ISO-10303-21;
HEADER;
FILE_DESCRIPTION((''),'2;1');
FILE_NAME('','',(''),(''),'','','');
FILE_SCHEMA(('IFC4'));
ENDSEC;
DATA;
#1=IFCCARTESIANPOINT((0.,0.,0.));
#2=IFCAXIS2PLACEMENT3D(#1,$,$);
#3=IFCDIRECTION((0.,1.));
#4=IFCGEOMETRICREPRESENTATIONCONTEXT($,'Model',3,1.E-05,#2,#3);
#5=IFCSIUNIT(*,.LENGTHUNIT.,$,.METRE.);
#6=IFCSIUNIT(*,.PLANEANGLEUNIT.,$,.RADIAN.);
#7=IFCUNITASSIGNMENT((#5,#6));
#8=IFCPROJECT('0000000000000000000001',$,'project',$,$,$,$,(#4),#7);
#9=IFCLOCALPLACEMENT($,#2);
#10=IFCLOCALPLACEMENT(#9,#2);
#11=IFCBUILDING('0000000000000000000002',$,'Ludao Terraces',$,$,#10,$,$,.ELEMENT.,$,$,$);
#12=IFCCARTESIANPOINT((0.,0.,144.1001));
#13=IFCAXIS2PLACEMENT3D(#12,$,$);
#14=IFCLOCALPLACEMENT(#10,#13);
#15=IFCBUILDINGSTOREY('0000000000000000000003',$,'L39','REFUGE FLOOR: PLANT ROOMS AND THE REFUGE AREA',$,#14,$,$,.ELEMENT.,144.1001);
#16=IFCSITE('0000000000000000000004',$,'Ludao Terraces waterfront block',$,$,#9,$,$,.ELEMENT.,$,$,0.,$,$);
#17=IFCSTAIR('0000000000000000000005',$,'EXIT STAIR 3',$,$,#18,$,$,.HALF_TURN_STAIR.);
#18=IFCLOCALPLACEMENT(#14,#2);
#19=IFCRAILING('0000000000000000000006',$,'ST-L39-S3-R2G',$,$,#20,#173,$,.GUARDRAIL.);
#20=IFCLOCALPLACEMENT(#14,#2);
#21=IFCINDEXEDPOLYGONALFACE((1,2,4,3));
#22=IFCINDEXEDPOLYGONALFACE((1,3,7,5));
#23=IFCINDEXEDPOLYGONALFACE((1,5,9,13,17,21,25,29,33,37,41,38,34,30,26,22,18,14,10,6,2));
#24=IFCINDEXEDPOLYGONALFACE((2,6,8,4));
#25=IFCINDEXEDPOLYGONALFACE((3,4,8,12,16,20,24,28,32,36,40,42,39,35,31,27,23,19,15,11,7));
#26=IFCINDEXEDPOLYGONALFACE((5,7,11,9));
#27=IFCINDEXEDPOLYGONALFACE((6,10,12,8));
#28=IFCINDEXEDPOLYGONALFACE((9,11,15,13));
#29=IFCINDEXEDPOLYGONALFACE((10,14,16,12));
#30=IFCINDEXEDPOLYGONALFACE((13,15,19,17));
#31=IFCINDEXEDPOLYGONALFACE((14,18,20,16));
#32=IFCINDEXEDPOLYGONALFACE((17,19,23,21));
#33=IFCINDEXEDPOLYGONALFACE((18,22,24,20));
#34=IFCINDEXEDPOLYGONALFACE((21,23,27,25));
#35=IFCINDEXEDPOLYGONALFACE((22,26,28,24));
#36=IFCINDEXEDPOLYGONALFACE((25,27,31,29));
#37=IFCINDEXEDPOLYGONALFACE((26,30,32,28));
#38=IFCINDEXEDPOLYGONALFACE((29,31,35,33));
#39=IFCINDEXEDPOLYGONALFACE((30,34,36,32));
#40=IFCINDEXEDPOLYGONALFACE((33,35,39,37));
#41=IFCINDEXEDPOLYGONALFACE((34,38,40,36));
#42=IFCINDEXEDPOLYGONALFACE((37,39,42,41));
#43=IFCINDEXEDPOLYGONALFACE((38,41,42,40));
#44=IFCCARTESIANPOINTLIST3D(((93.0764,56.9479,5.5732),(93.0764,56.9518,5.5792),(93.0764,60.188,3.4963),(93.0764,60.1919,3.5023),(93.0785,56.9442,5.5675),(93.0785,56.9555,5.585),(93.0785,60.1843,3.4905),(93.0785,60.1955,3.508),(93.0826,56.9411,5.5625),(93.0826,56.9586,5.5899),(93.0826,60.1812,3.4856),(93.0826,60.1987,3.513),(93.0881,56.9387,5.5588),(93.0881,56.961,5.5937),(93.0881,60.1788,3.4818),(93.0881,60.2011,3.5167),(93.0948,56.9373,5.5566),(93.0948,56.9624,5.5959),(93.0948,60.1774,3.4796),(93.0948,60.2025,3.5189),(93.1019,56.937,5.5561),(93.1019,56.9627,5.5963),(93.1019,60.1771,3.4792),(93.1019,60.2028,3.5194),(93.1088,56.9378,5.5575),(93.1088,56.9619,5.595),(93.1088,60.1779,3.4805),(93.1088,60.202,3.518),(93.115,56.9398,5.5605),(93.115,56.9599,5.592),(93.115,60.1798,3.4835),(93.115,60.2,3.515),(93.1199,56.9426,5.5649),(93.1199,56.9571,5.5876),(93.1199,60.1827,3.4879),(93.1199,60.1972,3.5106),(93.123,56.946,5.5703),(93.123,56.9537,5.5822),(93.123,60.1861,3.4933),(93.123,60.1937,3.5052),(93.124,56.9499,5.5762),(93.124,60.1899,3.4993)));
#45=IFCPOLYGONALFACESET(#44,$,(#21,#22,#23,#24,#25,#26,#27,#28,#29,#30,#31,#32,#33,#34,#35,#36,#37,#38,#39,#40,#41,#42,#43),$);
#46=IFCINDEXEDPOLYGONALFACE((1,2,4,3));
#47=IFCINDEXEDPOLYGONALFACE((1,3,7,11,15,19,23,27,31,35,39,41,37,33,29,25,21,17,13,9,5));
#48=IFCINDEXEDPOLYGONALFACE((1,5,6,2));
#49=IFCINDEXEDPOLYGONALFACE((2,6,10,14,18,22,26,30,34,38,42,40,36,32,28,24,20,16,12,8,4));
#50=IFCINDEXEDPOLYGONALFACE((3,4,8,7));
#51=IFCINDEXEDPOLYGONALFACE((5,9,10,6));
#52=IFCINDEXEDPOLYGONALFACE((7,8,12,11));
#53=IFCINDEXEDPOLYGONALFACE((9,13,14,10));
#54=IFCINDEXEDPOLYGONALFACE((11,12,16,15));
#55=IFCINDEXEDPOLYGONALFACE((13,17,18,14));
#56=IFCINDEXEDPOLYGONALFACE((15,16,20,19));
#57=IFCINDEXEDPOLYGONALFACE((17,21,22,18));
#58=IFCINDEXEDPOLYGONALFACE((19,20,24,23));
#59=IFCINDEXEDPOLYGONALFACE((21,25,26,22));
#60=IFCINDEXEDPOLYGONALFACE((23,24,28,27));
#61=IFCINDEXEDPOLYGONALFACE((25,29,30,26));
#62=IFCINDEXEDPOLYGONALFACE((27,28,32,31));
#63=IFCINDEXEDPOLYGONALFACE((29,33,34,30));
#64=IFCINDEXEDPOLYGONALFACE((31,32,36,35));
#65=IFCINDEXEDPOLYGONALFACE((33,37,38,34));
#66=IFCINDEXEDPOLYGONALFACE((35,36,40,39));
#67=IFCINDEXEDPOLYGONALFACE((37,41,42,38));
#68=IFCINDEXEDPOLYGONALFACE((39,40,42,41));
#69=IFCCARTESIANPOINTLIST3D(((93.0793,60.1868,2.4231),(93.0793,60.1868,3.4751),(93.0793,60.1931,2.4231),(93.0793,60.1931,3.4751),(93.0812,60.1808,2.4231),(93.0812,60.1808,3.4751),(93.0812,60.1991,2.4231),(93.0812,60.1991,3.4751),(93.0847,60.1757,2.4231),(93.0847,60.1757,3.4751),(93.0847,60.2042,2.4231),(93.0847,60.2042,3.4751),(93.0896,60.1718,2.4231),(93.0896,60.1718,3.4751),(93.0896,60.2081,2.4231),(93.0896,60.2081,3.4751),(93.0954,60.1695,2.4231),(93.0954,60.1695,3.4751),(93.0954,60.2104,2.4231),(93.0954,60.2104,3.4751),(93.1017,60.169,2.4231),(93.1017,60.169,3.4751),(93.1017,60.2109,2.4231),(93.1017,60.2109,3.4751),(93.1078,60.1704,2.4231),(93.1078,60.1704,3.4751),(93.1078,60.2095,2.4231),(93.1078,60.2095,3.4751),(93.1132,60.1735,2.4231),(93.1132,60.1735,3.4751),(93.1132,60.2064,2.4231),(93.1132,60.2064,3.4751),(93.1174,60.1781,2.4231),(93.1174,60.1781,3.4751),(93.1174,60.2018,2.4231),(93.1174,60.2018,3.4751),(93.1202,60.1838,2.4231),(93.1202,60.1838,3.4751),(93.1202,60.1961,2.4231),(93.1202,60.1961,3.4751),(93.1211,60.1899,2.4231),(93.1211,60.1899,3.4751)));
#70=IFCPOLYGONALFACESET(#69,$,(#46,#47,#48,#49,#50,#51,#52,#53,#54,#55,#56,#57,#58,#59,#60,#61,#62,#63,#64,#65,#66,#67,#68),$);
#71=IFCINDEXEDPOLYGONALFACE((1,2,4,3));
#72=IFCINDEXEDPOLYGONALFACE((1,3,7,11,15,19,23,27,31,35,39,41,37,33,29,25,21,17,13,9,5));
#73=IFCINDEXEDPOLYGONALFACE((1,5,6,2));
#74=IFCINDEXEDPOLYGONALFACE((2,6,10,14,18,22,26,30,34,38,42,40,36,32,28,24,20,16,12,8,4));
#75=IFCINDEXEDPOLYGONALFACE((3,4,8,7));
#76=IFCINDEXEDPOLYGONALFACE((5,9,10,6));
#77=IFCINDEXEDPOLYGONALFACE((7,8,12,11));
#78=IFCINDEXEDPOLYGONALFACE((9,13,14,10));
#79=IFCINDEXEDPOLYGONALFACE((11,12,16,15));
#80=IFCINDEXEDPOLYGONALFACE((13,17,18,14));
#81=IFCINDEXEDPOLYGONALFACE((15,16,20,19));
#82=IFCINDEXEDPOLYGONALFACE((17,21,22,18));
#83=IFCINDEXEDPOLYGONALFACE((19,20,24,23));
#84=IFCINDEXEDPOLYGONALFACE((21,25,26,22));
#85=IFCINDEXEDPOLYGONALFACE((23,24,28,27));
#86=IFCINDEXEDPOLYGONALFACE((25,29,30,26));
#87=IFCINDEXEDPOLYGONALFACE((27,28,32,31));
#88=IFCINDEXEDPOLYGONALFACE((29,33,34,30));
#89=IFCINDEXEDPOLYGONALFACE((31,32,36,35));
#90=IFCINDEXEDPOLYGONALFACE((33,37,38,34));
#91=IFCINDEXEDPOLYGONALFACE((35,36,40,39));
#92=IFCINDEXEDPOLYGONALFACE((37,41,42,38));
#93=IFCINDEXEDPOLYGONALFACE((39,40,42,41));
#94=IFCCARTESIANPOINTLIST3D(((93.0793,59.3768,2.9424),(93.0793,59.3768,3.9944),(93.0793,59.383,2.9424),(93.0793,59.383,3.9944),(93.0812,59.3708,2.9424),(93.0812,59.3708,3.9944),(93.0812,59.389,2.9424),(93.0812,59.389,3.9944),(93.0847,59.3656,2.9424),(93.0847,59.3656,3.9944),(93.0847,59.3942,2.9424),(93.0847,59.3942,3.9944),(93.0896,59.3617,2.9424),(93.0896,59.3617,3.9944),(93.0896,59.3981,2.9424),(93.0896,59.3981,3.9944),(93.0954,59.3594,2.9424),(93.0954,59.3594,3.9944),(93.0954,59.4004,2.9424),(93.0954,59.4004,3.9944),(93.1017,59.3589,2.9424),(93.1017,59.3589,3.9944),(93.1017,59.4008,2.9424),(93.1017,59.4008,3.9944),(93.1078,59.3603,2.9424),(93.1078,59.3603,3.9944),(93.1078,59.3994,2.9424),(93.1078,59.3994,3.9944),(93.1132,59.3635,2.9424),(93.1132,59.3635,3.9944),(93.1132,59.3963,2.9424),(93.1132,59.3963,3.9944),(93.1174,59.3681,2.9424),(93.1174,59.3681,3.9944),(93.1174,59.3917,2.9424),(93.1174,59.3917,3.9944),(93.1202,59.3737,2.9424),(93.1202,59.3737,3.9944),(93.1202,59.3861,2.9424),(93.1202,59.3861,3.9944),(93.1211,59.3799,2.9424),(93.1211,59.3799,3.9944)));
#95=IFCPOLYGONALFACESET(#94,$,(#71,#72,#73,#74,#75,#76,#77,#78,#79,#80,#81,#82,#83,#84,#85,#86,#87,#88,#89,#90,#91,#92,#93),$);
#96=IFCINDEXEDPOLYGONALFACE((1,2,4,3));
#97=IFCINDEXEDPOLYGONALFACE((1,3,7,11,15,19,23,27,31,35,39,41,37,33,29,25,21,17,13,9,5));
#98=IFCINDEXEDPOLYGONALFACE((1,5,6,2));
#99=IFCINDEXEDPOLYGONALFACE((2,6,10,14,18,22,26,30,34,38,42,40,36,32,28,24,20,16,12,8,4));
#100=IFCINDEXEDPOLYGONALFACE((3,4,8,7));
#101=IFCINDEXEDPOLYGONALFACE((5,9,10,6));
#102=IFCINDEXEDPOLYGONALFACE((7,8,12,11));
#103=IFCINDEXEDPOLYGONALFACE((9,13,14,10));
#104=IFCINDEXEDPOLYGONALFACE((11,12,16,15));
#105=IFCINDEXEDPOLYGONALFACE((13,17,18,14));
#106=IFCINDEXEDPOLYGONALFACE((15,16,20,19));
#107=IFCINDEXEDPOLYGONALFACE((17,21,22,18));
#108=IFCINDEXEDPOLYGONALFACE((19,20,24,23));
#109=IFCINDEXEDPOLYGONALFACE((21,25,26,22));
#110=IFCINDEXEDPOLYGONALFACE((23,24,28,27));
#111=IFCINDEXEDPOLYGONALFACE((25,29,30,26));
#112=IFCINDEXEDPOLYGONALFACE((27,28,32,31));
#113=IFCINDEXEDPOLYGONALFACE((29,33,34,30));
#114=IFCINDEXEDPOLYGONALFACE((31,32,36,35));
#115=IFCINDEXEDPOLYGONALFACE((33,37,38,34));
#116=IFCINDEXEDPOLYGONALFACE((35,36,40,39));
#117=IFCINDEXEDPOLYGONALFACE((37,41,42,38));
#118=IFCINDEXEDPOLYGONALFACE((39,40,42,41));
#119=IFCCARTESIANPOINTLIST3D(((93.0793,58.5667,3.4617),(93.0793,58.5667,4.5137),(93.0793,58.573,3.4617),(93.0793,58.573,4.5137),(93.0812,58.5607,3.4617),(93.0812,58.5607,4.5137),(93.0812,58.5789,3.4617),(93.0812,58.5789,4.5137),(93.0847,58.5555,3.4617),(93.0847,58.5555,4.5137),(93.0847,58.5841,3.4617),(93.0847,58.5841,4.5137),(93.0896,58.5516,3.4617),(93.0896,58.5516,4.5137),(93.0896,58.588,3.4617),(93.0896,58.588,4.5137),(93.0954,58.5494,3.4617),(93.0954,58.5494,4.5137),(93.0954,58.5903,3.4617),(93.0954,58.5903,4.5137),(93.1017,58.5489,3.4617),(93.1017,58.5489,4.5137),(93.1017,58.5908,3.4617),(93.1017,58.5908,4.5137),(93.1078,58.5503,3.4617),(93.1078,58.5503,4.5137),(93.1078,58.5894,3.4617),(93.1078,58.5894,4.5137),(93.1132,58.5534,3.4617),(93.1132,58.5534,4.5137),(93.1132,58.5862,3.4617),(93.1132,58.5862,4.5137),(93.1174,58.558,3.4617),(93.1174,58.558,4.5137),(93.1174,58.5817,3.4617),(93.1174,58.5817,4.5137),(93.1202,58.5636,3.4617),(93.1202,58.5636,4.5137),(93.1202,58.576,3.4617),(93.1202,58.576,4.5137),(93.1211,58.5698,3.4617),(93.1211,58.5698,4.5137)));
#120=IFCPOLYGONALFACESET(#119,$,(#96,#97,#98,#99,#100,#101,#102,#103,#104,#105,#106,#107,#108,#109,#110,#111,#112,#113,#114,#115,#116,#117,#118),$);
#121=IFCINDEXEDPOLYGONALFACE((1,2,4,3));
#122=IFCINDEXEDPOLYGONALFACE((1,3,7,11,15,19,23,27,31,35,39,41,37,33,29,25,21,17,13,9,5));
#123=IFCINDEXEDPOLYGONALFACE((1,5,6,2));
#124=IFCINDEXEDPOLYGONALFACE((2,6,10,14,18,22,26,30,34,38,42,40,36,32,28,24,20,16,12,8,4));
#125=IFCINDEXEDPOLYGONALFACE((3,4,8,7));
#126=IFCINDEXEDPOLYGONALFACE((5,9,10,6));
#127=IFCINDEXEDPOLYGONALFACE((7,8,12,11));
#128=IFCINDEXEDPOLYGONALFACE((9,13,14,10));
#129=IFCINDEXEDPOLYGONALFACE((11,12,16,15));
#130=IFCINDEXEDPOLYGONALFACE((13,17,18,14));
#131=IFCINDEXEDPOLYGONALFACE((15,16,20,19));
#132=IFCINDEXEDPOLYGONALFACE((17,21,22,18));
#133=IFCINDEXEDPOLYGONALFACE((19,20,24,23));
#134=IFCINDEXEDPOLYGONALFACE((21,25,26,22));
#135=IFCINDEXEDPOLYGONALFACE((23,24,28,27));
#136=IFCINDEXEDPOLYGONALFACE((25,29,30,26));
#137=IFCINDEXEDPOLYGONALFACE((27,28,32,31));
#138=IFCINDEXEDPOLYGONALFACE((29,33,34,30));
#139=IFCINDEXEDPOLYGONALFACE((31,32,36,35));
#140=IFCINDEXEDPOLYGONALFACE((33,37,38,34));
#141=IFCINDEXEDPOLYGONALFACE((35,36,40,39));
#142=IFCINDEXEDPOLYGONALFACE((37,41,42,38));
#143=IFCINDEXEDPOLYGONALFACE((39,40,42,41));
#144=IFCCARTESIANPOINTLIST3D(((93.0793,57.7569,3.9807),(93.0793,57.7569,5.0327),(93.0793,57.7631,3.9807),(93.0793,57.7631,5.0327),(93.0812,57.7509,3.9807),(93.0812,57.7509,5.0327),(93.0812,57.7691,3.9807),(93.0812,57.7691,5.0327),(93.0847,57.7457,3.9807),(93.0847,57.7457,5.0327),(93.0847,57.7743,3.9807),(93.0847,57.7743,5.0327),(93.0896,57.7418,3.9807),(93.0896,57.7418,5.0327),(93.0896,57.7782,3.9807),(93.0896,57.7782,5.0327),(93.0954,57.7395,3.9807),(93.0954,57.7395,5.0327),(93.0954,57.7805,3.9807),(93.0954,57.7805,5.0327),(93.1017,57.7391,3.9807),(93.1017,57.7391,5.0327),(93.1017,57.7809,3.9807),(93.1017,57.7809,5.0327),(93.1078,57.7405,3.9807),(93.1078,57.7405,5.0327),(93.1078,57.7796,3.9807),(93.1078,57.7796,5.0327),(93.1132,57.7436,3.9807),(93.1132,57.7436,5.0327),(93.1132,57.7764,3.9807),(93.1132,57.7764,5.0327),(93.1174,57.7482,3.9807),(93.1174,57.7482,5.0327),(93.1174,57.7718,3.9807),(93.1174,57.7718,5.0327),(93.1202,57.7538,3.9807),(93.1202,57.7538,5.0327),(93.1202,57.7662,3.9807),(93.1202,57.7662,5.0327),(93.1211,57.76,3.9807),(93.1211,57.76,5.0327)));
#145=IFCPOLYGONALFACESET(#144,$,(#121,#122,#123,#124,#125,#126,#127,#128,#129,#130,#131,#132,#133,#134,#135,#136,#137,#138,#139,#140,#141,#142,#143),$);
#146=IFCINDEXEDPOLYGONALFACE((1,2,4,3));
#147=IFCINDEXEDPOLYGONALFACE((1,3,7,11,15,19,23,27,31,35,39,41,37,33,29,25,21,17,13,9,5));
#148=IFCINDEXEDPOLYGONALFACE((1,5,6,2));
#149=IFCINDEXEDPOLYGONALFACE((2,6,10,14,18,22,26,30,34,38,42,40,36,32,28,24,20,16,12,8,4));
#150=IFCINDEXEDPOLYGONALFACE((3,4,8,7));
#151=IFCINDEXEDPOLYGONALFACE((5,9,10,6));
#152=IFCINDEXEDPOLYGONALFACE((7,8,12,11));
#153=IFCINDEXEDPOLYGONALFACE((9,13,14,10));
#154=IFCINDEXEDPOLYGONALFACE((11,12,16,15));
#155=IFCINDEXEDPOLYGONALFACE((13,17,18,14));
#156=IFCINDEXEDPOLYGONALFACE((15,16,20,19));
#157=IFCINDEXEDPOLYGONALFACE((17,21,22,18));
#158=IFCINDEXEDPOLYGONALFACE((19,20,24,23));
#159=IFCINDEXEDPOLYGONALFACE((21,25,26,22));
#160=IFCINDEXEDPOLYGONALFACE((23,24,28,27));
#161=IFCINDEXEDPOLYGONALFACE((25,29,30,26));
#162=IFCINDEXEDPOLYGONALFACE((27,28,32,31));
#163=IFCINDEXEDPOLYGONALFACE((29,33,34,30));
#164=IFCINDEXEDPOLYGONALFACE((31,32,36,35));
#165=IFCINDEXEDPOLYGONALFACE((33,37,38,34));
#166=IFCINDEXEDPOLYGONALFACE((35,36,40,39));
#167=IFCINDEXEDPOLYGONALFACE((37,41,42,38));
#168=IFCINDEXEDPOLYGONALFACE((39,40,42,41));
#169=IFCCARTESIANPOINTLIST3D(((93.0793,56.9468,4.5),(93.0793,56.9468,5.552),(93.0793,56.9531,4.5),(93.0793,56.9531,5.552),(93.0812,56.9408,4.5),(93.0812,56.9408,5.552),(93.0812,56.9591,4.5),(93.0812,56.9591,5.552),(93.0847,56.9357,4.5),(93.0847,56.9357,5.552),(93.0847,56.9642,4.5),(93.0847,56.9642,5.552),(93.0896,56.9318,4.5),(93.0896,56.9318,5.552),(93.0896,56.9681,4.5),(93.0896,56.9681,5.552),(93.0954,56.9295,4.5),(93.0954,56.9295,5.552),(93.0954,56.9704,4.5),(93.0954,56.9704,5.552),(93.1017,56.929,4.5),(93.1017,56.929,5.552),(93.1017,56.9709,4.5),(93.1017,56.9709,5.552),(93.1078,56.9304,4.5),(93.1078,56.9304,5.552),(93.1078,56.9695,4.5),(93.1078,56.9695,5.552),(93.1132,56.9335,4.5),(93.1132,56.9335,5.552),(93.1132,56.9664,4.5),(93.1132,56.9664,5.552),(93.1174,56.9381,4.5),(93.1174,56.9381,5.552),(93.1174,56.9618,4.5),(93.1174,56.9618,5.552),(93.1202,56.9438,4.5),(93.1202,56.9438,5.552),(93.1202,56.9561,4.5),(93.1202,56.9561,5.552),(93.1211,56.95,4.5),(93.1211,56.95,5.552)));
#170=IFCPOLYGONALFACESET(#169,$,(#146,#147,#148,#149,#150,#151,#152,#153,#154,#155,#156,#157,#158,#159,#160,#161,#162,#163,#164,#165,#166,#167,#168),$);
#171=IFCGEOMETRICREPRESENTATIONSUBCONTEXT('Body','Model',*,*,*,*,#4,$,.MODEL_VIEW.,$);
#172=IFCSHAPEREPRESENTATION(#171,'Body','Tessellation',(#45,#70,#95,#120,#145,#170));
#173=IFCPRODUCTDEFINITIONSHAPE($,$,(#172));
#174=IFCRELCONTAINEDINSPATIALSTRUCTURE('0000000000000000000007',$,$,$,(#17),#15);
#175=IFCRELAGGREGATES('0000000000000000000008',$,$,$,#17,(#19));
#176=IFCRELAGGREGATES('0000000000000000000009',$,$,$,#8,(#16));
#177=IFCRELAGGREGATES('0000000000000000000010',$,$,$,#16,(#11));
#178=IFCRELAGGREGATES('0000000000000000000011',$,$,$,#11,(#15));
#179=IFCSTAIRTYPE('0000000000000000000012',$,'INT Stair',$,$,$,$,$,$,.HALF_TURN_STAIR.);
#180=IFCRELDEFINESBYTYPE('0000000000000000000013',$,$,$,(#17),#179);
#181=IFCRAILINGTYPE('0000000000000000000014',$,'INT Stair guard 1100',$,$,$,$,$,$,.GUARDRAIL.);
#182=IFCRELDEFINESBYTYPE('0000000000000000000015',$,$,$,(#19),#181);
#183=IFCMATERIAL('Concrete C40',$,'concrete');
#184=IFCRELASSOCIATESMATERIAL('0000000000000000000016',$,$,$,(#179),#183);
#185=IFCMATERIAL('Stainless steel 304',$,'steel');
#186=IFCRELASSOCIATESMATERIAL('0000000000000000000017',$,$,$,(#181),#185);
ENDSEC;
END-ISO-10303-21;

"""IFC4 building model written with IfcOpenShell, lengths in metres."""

from ifc_helpers import new_model, si_unit, direction, frame, origin, origin_2d, place, context, subcontext, project, spatial, circle, extrude, material, type_object, element, aggregate, save


model = new_model("IFC4")

# Units and contexts
model_context = context("Model", 3, precision=1e-05, world=origin(), true_north=direction((0.0, 1.0)))
body_context = subcontext(model_context, "Body", "Model", "MODEL_VIEW")
ifc_project = project(units=[si_unit("LENGTHUNIT", "METRE"), si_unit("PLANEANGLEUNIT", "RADIAN")], contexts=[model_context])

# Site, building, storey
site_placement = place(None, origin())
site = spatial("IfcSite", under=ifc_project, at=site_placement, Name="Ludao Terraces waterfront block", CompositionType="ELEMENT", RefElevation=0.0)
building_placement = place(site_placement, origin())
building = spatial("IfcBuilding", under=site, at=building_placement, Name="Ludao Terraces", CompositionType="ELEMENT")
storey_placement = place(building_placement, frame((0.0, 0.0, 144.1001)))
storey = spatial("IfcBuildingStorey", under=building, at=storey_placement, Name="L39", Description="REFUGE FLOOR: PLANT ROOMS AND THE REFUGE AREA", CompositionType="ELEMENT", Elevation=144.1001)

# Stair, railing
ifc_material_1 = material(Name="Concrete C40", Category="concrete")
stair_type = type_object("IfcStairType", Name="INT Stair", PredefinedType="HALF_TURN_STAIR", material=ifc_material_1)
stair_placement = place(storey_placement, origin())
stair = element("IfcStair", 1, at=stair_placement, inside=storey, type_object=stair_type, Name="EXIT STAIR 3", PredefinedType="HALF_TURN_STAIR")
ifc_material_2 = material(Name="Stainless steel 304", Category="steel")
railing_type_1 = type_object("IfcRailingType", Name="INT Stair guard 1100", PredefinedType="GUARDRAIL", material=ifc_material_2)
railing_1_placement = place(storey_placement, frame((93.1001, 60.1899, 2.4231)))
railing_1 = element("IfcRailing", 2, at=railing_1_placement, type_object=railing_type_1, Name="ST-L39-S3-R2G", PredefinedType="GUARDRAIL", context=body_context, shape_type="SweptSolid", body=[
    extrude(circle(Radius=0.0239, at=origin_2d()), frame((0.0, 0.0, 1.0762), z_axis=(0.0, -0.841881, 0.539664), x_axis=(1.0, 0.0, 0.0)), (0.0, 0.0, 1.0), 3.8486),
    extrude(circle(Radius=0.021, at=origin_2d()), origin(), (0.0, 0.0, 1.0), 1.052),
    extrude(circle(Radius=0.021, at=origin_2d()), frame((0.0, -0.8101, 0.5193)), (0.0, 0.0, 1.0), 1.052),
    extrude(circle(Radius=0.021, at=origin_2d()), frame((0.0, -1.6201, 1.0386)), (0.0, 0.0, 1.0), 1.052),
    extrude(circle(Radius=0.021, at=origin_2d()), frame((0.0, -2.4299, 1.5576)), (0.0, 0.0, 1.0), 1.052),
    extrude(circle(Radius=0.021, at=origin_2d()), frame((0.0, -3.24, 2.0769)), (0.0, 0.0, 1.0), 1.052),
])
aggregate(stair, [railing_1])

save(model, "model.ifc")
